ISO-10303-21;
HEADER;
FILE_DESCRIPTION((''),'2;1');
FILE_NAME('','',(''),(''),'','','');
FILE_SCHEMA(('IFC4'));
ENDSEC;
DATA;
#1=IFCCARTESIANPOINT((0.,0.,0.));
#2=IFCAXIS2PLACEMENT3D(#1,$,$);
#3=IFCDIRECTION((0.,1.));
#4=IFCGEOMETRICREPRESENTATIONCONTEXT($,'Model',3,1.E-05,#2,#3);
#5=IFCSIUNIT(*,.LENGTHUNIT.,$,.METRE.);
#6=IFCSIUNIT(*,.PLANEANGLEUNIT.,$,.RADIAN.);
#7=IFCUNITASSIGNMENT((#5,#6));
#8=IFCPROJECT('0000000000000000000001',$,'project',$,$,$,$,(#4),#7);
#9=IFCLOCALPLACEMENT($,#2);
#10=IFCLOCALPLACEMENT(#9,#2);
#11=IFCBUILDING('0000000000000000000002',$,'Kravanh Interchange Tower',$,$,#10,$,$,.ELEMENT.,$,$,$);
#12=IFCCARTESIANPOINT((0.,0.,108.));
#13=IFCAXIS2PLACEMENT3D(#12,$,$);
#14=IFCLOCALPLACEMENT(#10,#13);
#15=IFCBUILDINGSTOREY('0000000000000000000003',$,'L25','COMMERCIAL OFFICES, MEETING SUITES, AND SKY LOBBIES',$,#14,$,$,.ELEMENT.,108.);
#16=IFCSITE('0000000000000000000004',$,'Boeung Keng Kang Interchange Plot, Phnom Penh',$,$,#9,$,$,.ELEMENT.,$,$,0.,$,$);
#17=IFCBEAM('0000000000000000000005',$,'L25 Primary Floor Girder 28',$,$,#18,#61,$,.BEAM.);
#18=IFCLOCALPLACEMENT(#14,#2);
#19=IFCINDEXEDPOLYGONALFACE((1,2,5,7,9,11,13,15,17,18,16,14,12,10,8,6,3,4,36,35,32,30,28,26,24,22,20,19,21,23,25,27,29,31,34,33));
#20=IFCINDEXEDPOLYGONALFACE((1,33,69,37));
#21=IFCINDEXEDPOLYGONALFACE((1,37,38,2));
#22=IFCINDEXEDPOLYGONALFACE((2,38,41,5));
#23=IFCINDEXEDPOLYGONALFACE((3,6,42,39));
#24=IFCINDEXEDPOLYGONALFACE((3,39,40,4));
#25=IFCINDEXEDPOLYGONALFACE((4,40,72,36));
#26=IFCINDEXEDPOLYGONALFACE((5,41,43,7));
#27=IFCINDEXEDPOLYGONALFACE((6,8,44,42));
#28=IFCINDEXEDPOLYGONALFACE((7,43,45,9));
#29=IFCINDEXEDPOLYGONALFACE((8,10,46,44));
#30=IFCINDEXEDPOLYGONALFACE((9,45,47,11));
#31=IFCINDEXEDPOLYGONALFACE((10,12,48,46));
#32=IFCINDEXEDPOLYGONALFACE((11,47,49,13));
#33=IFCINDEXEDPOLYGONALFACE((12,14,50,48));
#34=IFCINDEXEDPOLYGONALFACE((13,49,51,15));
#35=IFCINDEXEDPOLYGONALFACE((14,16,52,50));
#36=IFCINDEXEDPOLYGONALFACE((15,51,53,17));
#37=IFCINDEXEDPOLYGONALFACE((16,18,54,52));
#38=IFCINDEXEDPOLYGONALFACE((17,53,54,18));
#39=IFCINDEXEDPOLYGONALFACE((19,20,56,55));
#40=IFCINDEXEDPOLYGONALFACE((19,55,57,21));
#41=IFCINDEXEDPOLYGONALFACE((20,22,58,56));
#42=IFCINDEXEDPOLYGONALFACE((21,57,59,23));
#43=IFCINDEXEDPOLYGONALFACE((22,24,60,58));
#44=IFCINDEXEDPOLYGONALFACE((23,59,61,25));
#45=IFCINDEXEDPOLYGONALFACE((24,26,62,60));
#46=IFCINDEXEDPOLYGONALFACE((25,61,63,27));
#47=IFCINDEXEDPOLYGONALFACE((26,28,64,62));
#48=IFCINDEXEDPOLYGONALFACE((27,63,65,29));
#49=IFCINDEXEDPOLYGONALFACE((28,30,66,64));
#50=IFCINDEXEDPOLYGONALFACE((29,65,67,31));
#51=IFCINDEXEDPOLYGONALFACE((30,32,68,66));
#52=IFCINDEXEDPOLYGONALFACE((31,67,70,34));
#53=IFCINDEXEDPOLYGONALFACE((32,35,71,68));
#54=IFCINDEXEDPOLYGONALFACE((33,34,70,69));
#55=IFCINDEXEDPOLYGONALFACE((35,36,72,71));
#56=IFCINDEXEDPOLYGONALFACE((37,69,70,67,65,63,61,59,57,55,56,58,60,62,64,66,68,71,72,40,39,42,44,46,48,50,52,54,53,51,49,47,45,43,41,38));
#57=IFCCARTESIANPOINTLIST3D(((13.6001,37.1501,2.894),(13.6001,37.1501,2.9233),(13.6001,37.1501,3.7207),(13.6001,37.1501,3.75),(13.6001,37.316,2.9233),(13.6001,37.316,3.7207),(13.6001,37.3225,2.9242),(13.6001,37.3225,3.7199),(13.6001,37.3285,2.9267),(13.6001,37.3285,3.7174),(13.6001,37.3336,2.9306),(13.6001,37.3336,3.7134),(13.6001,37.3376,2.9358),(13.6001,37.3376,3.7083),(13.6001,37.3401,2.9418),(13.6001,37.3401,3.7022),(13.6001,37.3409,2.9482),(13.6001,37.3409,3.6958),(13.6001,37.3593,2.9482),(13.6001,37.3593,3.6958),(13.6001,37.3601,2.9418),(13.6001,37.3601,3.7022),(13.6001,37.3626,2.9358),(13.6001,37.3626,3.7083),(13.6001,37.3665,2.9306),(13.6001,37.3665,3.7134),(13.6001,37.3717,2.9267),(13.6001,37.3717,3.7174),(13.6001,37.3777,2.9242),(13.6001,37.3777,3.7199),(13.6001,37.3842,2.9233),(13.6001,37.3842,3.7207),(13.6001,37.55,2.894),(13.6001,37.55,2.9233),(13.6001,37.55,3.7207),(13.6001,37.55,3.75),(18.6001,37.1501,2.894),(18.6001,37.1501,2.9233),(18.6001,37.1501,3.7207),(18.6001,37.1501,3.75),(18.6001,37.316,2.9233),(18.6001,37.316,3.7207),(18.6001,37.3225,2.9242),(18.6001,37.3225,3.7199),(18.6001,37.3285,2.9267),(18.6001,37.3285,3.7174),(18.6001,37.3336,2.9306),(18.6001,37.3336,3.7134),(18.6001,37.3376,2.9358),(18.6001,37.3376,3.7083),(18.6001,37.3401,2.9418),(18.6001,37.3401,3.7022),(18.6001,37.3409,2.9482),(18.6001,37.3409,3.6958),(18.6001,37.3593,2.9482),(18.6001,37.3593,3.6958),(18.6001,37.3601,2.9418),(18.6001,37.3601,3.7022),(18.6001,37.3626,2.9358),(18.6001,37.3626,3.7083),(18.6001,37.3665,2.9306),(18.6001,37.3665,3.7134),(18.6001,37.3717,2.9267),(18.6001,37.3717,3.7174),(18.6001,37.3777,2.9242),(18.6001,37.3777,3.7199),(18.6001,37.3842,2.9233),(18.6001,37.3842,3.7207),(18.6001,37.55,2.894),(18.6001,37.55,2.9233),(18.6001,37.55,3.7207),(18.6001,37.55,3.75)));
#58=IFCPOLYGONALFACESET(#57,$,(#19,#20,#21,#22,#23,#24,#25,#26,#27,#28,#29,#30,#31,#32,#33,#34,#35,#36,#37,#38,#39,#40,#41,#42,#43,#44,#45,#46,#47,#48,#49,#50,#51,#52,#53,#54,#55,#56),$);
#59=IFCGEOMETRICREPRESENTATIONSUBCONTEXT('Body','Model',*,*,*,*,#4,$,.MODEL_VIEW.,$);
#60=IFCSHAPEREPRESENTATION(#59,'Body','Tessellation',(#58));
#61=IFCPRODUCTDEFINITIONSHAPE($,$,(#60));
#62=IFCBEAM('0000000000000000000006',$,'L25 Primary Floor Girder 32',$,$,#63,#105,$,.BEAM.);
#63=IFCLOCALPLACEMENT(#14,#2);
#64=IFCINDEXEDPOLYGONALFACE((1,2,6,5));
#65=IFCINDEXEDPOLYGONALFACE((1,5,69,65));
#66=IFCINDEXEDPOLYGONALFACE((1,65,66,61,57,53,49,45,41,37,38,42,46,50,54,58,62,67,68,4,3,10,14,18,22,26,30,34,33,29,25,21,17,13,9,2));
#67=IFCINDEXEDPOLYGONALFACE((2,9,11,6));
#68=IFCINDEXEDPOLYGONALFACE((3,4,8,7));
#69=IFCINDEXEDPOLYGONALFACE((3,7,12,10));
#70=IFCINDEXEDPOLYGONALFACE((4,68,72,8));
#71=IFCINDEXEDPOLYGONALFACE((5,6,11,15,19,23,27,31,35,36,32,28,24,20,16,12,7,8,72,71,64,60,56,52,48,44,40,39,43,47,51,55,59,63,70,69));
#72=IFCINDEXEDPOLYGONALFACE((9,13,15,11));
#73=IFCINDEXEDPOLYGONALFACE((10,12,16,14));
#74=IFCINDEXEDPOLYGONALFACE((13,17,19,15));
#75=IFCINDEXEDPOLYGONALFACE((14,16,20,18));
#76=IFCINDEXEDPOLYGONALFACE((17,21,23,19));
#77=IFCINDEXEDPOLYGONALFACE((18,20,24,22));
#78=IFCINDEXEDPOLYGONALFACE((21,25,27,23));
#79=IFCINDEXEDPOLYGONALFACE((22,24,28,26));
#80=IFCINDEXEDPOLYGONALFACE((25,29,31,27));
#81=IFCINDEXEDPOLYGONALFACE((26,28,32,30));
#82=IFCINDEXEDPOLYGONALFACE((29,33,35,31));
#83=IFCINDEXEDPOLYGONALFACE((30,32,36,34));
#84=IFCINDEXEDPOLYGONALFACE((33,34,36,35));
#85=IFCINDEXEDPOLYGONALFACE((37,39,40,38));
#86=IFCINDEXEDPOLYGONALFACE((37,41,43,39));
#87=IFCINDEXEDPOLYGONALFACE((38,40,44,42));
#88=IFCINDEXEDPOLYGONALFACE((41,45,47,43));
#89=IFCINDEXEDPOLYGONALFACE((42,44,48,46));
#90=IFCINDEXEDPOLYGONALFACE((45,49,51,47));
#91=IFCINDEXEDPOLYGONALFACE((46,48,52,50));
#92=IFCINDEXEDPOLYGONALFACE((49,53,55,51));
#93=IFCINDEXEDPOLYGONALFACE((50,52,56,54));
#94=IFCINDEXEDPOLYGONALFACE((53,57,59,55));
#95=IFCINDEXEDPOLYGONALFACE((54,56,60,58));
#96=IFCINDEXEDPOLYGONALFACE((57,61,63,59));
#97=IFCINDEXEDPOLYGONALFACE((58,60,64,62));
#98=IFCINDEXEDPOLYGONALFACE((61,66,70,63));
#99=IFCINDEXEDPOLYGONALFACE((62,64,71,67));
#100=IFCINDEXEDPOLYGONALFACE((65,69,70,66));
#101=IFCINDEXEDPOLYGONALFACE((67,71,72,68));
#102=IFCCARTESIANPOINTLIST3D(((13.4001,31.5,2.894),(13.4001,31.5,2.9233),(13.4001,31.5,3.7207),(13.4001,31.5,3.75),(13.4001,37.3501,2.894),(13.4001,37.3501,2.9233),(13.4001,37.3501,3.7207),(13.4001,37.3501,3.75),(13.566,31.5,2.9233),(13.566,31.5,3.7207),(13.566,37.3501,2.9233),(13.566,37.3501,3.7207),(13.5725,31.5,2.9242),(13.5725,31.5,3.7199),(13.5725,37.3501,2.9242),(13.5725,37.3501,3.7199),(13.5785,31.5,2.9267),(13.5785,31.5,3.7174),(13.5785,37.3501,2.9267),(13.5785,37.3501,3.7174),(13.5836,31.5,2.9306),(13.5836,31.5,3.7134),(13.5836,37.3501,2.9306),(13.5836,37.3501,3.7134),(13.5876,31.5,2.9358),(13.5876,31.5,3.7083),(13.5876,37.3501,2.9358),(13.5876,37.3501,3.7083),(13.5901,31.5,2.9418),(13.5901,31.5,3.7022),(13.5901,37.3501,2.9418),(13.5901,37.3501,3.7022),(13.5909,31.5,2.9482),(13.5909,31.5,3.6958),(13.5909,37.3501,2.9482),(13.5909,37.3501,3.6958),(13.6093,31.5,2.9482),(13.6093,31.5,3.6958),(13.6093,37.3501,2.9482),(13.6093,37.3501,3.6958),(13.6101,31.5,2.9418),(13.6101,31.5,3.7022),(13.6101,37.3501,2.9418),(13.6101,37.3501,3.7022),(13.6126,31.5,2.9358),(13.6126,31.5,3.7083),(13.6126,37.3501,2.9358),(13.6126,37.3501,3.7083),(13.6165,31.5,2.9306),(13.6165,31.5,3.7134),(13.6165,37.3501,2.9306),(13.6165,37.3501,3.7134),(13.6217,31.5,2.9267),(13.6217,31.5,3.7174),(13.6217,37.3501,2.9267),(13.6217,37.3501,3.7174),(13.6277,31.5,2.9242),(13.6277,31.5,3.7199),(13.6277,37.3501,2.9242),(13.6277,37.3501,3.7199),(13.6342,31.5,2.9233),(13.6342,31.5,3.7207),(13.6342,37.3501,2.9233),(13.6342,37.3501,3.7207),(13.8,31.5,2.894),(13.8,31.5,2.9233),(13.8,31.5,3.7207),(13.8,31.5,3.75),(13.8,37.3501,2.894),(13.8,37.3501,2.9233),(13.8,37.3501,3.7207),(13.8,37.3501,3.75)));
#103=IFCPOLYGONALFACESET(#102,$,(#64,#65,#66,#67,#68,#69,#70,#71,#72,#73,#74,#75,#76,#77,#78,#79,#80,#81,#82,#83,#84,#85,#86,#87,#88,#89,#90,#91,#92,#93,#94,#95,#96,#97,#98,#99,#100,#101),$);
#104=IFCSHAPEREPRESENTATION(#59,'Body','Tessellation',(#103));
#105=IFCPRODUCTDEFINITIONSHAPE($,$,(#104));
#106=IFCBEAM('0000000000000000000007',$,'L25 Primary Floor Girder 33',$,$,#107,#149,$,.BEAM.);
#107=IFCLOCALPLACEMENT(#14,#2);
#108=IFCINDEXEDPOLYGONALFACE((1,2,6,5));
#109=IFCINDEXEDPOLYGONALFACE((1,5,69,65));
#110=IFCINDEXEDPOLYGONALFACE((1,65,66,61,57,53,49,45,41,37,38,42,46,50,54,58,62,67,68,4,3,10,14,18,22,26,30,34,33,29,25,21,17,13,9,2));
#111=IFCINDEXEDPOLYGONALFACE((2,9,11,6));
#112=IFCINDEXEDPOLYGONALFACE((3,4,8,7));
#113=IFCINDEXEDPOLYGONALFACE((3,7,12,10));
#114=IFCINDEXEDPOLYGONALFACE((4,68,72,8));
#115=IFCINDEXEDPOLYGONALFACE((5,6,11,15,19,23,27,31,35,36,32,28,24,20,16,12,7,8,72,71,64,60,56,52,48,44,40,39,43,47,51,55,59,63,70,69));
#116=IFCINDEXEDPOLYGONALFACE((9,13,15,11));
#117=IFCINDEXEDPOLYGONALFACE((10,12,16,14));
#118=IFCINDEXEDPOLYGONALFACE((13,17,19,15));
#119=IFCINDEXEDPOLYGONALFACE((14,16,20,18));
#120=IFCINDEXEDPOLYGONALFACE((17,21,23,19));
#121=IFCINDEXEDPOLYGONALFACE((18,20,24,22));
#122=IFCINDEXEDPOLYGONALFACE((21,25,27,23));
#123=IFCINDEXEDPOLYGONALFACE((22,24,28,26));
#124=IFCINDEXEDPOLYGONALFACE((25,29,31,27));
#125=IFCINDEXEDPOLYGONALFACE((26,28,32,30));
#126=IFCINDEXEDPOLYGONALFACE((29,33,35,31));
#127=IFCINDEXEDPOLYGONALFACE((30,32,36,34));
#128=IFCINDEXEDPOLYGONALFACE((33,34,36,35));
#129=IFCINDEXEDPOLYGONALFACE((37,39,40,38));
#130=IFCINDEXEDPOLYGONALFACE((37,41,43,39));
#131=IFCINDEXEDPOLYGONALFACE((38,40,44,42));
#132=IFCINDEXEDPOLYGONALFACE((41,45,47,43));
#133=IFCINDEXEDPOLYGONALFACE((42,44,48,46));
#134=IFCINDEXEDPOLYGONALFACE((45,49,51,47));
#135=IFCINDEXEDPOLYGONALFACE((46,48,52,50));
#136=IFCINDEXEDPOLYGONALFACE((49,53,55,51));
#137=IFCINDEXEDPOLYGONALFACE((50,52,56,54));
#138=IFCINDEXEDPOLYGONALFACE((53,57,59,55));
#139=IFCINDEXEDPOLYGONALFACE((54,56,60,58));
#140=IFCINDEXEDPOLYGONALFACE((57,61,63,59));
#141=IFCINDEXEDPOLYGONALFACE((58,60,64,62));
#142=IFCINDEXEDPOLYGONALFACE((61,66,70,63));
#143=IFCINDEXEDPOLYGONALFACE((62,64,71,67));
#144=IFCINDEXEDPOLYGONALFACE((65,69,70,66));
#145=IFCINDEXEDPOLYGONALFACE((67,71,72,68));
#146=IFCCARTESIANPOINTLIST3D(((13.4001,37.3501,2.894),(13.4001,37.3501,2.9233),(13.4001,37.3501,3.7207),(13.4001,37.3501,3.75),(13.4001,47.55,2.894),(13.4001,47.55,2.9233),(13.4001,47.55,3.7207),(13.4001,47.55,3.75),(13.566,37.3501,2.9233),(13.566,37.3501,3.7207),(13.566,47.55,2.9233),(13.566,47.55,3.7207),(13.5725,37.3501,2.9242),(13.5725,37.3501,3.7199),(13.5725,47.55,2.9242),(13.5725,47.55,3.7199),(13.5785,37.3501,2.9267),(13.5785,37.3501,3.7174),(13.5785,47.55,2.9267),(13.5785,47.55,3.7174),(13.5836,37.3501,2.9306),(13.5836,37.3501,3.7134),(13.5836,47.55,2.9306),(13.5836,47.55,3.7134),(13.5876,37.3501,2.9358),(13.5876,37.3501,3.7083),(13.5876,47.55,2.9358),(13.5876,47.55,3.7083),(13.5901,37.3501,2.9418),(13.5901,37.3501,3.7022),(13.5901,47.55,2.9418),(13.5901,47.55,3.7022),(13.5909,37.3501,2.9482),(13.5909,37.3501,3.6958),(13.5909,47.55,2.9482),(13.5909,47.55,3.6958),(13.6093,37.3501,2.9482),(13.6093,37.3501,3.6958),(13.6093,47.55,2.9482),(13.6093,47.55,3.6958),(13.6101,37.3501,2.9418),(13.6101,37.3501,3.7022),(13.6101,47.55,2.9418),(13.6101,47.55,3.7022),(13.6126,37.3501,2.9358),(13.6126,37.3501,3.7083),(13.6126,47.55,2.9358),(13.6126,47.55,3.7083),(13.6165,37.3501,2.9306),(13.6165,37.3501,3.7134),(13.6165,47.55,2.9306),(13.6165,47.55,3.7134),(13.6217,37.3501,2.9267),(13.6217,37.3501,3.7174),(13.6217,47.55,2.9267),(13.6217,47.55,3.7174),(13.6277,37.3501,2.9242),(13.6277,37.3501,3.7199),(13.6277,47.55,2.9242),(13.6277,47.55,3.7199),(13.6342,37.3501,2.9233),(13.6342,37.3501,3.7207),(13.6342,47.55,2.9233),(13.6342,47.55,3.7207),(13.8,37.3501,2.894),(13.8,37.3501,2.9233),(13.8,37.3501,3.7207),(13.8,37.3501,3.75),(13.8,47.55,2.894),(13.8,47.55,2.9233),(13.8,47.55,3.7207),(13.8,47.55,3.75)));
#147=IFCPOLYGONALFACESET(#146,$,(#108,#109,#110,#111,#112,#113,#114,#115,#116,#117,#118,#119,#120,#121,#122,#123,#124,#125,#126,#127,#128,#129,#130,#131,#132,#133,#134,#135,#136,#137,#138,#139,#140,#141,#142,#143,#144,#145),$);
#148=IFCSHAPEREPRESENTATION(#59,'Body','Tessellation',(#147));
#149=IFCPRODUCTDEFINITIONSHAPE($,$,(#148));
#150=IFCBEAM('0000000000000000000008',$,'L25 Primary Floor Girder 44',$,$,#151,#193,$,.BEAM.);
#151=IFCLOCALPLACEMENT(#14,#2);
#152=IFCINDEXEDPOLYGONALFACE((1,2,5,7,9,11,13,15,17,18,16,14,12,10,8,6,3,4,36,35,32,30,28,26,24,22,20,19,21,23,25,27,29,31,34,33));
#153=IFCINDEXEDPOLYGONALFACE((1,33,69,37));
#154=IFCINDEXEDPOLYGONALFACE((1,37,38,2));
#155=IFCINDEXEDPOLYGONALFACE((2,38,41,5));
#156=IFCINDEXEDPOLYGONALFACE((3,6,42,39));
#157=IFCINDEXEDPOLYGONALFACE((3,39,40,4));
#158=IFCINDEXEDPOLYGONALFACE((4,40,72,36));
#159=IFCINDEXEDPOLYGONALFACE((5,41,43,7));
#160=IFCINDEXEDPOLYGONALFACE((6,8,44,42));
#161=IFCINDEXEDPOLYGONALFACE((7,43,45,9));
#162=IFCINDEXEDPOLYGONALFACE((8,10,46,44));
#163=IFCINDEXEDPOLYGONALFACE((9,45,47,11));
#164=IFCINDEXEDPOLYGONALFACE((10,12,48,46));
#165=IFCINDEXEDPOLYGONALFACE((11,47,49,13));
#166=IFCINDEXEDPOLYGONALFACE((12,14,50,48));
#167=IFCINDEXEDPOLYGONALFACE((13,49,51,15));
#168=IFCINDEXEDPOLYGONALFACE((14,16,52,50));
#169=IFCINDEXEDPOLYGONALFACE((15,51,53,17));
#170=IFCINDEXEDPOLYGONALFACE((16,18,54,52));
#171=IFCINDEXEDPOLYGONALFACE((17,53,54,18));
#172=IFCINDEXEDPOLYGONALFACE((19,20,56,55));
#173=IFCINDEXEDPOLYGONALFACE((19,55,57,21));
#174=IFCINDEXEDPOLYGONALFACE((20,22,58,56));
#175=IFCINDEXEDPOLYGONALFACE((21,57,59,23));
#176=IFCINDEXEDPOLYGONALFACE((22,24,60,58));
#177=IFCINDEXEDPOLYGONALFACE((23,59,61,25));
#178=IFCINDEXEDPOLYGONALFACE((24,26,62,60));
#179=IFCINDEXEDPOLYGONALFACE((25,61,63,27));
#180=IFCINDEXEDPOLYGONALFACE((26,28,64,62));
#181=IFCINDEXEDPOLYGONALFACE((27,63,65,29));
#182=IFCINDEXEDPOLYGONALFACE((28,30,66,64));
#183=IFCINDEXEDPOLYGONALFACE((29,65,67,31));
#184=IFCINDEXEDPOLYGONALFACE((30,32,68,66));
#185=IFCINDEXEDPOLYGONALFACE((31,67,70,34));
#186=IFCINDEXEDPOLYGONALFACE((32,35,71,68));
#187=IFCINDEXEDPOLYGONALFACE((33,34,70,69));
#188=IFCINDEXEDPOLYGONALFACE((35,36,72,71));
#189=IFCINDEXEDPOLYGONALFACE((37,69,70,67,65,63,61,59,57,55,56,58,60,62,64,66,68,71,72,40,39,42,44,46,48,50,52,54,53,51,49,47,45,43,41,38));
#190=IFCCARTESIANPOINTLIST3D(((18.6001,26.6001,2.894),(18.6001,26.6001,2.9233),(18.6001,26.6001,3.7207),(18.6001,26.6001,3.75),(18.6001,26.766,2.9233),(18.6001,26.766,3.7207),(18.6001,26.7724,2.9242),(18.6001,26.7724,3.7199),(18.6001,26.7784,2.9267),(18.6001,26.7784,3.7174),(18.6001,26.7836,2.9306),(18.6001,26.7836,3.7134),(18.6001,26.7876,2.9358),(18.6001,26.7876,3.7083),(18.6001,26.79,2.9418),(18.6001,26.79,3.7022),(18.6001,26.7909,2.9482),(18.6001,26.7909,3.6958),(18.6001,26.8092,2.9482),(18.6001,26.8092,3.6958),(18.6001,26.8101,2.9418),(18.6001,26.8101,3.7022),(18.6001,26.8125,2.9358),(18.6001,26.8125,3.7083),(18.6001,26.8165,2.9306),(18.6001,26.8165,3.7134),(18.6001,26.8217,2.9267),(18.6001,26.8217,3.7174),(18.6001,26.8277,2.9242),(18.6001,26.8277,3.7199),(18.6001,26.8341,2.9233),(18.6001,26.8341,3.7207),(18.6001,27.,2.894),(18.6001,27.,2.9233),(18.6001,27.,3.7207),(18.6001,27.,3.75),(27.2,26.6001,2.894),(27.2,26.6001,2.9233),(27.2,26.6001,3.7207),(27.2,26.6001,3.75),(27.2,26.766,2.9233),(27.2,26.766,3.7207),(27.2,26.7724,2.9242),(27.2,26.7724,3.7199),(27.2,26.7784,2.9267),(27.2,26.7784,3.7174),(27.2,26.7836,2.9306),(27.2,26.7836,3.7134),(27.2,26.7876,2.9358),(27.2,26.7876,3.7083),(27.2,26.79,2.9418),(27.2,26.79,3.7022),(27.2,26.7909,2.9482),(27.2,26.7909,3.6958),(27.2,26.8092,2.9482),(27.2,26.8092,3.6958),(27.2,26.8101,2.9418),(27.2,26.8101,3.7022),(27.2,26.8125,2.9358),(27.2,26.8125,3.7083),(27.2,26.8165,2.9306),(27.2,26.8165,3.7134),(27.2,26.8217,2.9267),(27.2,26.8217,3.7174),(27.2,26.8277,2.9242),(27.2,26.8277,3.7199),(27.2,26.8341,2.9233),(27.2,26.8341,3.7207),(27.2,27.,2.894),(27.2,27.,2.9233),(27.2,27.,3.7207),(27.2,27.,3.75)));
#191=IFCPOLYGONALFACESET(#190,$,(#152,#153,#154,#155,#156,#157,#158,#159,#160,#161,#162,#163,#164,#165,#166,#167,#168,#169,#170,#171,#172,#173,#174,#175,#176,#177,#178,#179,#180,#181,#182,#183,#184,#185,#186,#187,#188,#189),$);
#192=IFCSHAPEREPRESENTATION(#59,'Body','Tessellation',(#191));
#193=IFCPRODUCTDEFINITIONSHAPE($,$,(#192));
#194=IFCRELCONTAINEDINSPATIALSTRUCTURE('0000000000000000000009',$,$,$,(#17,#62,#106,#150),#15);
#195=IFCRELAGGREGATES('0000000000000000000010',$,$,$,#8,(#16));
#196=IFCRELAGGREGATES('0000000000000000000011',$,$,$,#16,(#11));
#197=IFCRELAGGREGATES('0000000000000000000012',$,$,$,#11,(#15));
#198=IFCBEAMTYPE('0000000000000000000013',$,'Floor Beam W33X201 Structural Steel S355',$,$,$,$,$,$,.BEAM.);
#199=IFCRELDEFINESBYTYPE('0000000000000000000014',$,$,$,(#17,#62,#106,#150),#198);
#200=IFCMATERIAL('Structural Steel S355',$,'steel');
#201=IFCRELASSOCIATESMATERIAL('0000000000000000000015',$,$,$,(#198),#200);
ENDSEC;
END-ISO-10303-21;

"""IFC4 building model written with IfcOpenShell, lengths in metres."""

from ifc_helpers import new_model, si_unit, direction, frame, origin, origin_2d, place, context, subcontext, project, spatial, i_section, extrude, material, material_profile, profile_set, type_object, element, save


model = new_model("IFC4")

# Units and contexts
model_context = context("Model", 3, precision=1e-05, world=origin(), true_north=direction((0.0, 1.0)))
body_context = subcontext(model_context, "Body", "Model", "MODEL_VIEW")
ifc_project = project(units=[si_unit("LENGTHUNIT", "METRE"), si_unit("PLANEANGLEUNIT", "RADIAN")], contexts=[model_context])

# Site, building, storey
site_placement = place(None, origin())
site = spatial("IfcSite", under=ifc_project, at=site_placement, Name="Boeung Keng Kang Interchange Plot, Phnom Penh", CompositionType="ELEMENT", RefElevation=0.0)
building_placement = place(site_placement, origin())
building = spatial("IfcBuilding", under=site, at=building_placement, Name="Kravanh Interchange Tower", CompositionType="ELEMENT")
storey_placement = place(building_placement, frame((0.0, 0.0, 108.0)))
storey = spatial("IfcBuildingStorey", under=building, at=storey_placement, Name="L25", Description="COMMERCIAL OFFICES, MEETING SUITES, AND SKY LOBBIES", CompositionType="ELEMENT", Elevation=108.0)

# Beams
ifc_material_1 = material(Name="Structural Steel S355", Category="steel")
ifc_material_profile_1 = material_profile(ifc_material_1, i_section(OverallWidth=0.3999, OverallDepth=0.856, WebThickness=0.0183, FlangeThickness=0.0293, FilletRadius=0.0249, at=origin_2d()), Name="W33X201")
ifc_profile_set_1 = profile_set([ifc_material_profile_1], Name="Structural Steel S355")
beam_type_1 = type_object("IfcBeamType", Name="Floor Beam W33X201 Structural Steel S355", PredefinedType="BEAM", material=ifc_profile_set_1)
beam_1_placement = place(storey_placement, frame((18.6001, 37.3501, 3.322), z_axis=(-1.0, 0.0, 0.0), x_axis=(0.0, -1.0, 0.0)))
element("IfcBeam", 1, at=beam_1_placement, inside=storey, type_object=beam_type_1, Name="L25 Primary Floor Girder 28", PredefinedType="BEAM", context=body_context, shape_type="SweptSolid", body=[
    extrude(i_section(OverallWidth=0.3999, OverallDepth=0.856, WebThickness=0.0183, FlangeThickness=0.0293, FilletRadius=0.0249, at=origin_2d()), origin(), (0.0, 0.0, 1.0), 5.0),
])
beam_2_placement = place(storey_placement, frame((13.6001, 37.3501, 3.322), z_axis=(0.0, -1.0, 0.0), x_axis=(1.0, 0.0, 0.0)))
element("IfcBeam", 2, at=beam_2_placement, inside=storey, type_object=beam_type_1, Name="L25 Primary Floor Girder 32", PredefinedType="BEAM", context=body_context, shape_type="SweptSolid", body=[
    extrude(i_section(OverallWidth=0.3999, OverallDepth=0.856, WebThickness=0.0183, FlangeThickness=0.0293, FilletRadius=0.0249, at=origin_2d()), origin(), (0.0, 0.0, 1.0), 5.8501),
])
beam_3_placement = place(storey_placement, frame((13.6001, 37.3501, 3.322), z_axis=(0.0, 1.0, 0.0), x_axis=(-1.0, 0.0, 0.0)))
element("IfcBeam", 3, at=beam_3_placement, inside=storey, type_object=beam_type_1, Name="L25 Primary Floor Girder 33", PredefinedType="BEAM", context=body_context, shape_type="SweptSolid", body=[
    extrude(i_section(OverallWidth=0.3999, OverallDepth=0.856, WebThickness=0.0183, FlangeThickness=0.0293, FilletRadius=0.0249, at=origin_2d()), origin(), (0.0, 0.0, 1.0), 10.2),
])
beam_4_placement = place(storey_placement, frame((18.6001, 26.8, 3.322), z_axis=(1.0, 0.0, 0.0), x_axis=(0.0, 1.0, 0.0)))
element("IfcBeam", 4, at=beam_4_placement, inside=storey, type_object=beam_type_1, Name="L25 Primary Floor Girder 44", PredefinedType="BEAM", context=body_context, shape_type="SweptSolid", body=[
    extrude(i_section(OverallWidth=0.3999, OverallDepth=0.856, WebThickness=0.0183, FlangeThickness=0.0293, FilletRadius=0.0249, at=origin_2d()), origin(), (0.0, 0.0, 1.0), 8.5999),
])

save(model, "model.ifc")
